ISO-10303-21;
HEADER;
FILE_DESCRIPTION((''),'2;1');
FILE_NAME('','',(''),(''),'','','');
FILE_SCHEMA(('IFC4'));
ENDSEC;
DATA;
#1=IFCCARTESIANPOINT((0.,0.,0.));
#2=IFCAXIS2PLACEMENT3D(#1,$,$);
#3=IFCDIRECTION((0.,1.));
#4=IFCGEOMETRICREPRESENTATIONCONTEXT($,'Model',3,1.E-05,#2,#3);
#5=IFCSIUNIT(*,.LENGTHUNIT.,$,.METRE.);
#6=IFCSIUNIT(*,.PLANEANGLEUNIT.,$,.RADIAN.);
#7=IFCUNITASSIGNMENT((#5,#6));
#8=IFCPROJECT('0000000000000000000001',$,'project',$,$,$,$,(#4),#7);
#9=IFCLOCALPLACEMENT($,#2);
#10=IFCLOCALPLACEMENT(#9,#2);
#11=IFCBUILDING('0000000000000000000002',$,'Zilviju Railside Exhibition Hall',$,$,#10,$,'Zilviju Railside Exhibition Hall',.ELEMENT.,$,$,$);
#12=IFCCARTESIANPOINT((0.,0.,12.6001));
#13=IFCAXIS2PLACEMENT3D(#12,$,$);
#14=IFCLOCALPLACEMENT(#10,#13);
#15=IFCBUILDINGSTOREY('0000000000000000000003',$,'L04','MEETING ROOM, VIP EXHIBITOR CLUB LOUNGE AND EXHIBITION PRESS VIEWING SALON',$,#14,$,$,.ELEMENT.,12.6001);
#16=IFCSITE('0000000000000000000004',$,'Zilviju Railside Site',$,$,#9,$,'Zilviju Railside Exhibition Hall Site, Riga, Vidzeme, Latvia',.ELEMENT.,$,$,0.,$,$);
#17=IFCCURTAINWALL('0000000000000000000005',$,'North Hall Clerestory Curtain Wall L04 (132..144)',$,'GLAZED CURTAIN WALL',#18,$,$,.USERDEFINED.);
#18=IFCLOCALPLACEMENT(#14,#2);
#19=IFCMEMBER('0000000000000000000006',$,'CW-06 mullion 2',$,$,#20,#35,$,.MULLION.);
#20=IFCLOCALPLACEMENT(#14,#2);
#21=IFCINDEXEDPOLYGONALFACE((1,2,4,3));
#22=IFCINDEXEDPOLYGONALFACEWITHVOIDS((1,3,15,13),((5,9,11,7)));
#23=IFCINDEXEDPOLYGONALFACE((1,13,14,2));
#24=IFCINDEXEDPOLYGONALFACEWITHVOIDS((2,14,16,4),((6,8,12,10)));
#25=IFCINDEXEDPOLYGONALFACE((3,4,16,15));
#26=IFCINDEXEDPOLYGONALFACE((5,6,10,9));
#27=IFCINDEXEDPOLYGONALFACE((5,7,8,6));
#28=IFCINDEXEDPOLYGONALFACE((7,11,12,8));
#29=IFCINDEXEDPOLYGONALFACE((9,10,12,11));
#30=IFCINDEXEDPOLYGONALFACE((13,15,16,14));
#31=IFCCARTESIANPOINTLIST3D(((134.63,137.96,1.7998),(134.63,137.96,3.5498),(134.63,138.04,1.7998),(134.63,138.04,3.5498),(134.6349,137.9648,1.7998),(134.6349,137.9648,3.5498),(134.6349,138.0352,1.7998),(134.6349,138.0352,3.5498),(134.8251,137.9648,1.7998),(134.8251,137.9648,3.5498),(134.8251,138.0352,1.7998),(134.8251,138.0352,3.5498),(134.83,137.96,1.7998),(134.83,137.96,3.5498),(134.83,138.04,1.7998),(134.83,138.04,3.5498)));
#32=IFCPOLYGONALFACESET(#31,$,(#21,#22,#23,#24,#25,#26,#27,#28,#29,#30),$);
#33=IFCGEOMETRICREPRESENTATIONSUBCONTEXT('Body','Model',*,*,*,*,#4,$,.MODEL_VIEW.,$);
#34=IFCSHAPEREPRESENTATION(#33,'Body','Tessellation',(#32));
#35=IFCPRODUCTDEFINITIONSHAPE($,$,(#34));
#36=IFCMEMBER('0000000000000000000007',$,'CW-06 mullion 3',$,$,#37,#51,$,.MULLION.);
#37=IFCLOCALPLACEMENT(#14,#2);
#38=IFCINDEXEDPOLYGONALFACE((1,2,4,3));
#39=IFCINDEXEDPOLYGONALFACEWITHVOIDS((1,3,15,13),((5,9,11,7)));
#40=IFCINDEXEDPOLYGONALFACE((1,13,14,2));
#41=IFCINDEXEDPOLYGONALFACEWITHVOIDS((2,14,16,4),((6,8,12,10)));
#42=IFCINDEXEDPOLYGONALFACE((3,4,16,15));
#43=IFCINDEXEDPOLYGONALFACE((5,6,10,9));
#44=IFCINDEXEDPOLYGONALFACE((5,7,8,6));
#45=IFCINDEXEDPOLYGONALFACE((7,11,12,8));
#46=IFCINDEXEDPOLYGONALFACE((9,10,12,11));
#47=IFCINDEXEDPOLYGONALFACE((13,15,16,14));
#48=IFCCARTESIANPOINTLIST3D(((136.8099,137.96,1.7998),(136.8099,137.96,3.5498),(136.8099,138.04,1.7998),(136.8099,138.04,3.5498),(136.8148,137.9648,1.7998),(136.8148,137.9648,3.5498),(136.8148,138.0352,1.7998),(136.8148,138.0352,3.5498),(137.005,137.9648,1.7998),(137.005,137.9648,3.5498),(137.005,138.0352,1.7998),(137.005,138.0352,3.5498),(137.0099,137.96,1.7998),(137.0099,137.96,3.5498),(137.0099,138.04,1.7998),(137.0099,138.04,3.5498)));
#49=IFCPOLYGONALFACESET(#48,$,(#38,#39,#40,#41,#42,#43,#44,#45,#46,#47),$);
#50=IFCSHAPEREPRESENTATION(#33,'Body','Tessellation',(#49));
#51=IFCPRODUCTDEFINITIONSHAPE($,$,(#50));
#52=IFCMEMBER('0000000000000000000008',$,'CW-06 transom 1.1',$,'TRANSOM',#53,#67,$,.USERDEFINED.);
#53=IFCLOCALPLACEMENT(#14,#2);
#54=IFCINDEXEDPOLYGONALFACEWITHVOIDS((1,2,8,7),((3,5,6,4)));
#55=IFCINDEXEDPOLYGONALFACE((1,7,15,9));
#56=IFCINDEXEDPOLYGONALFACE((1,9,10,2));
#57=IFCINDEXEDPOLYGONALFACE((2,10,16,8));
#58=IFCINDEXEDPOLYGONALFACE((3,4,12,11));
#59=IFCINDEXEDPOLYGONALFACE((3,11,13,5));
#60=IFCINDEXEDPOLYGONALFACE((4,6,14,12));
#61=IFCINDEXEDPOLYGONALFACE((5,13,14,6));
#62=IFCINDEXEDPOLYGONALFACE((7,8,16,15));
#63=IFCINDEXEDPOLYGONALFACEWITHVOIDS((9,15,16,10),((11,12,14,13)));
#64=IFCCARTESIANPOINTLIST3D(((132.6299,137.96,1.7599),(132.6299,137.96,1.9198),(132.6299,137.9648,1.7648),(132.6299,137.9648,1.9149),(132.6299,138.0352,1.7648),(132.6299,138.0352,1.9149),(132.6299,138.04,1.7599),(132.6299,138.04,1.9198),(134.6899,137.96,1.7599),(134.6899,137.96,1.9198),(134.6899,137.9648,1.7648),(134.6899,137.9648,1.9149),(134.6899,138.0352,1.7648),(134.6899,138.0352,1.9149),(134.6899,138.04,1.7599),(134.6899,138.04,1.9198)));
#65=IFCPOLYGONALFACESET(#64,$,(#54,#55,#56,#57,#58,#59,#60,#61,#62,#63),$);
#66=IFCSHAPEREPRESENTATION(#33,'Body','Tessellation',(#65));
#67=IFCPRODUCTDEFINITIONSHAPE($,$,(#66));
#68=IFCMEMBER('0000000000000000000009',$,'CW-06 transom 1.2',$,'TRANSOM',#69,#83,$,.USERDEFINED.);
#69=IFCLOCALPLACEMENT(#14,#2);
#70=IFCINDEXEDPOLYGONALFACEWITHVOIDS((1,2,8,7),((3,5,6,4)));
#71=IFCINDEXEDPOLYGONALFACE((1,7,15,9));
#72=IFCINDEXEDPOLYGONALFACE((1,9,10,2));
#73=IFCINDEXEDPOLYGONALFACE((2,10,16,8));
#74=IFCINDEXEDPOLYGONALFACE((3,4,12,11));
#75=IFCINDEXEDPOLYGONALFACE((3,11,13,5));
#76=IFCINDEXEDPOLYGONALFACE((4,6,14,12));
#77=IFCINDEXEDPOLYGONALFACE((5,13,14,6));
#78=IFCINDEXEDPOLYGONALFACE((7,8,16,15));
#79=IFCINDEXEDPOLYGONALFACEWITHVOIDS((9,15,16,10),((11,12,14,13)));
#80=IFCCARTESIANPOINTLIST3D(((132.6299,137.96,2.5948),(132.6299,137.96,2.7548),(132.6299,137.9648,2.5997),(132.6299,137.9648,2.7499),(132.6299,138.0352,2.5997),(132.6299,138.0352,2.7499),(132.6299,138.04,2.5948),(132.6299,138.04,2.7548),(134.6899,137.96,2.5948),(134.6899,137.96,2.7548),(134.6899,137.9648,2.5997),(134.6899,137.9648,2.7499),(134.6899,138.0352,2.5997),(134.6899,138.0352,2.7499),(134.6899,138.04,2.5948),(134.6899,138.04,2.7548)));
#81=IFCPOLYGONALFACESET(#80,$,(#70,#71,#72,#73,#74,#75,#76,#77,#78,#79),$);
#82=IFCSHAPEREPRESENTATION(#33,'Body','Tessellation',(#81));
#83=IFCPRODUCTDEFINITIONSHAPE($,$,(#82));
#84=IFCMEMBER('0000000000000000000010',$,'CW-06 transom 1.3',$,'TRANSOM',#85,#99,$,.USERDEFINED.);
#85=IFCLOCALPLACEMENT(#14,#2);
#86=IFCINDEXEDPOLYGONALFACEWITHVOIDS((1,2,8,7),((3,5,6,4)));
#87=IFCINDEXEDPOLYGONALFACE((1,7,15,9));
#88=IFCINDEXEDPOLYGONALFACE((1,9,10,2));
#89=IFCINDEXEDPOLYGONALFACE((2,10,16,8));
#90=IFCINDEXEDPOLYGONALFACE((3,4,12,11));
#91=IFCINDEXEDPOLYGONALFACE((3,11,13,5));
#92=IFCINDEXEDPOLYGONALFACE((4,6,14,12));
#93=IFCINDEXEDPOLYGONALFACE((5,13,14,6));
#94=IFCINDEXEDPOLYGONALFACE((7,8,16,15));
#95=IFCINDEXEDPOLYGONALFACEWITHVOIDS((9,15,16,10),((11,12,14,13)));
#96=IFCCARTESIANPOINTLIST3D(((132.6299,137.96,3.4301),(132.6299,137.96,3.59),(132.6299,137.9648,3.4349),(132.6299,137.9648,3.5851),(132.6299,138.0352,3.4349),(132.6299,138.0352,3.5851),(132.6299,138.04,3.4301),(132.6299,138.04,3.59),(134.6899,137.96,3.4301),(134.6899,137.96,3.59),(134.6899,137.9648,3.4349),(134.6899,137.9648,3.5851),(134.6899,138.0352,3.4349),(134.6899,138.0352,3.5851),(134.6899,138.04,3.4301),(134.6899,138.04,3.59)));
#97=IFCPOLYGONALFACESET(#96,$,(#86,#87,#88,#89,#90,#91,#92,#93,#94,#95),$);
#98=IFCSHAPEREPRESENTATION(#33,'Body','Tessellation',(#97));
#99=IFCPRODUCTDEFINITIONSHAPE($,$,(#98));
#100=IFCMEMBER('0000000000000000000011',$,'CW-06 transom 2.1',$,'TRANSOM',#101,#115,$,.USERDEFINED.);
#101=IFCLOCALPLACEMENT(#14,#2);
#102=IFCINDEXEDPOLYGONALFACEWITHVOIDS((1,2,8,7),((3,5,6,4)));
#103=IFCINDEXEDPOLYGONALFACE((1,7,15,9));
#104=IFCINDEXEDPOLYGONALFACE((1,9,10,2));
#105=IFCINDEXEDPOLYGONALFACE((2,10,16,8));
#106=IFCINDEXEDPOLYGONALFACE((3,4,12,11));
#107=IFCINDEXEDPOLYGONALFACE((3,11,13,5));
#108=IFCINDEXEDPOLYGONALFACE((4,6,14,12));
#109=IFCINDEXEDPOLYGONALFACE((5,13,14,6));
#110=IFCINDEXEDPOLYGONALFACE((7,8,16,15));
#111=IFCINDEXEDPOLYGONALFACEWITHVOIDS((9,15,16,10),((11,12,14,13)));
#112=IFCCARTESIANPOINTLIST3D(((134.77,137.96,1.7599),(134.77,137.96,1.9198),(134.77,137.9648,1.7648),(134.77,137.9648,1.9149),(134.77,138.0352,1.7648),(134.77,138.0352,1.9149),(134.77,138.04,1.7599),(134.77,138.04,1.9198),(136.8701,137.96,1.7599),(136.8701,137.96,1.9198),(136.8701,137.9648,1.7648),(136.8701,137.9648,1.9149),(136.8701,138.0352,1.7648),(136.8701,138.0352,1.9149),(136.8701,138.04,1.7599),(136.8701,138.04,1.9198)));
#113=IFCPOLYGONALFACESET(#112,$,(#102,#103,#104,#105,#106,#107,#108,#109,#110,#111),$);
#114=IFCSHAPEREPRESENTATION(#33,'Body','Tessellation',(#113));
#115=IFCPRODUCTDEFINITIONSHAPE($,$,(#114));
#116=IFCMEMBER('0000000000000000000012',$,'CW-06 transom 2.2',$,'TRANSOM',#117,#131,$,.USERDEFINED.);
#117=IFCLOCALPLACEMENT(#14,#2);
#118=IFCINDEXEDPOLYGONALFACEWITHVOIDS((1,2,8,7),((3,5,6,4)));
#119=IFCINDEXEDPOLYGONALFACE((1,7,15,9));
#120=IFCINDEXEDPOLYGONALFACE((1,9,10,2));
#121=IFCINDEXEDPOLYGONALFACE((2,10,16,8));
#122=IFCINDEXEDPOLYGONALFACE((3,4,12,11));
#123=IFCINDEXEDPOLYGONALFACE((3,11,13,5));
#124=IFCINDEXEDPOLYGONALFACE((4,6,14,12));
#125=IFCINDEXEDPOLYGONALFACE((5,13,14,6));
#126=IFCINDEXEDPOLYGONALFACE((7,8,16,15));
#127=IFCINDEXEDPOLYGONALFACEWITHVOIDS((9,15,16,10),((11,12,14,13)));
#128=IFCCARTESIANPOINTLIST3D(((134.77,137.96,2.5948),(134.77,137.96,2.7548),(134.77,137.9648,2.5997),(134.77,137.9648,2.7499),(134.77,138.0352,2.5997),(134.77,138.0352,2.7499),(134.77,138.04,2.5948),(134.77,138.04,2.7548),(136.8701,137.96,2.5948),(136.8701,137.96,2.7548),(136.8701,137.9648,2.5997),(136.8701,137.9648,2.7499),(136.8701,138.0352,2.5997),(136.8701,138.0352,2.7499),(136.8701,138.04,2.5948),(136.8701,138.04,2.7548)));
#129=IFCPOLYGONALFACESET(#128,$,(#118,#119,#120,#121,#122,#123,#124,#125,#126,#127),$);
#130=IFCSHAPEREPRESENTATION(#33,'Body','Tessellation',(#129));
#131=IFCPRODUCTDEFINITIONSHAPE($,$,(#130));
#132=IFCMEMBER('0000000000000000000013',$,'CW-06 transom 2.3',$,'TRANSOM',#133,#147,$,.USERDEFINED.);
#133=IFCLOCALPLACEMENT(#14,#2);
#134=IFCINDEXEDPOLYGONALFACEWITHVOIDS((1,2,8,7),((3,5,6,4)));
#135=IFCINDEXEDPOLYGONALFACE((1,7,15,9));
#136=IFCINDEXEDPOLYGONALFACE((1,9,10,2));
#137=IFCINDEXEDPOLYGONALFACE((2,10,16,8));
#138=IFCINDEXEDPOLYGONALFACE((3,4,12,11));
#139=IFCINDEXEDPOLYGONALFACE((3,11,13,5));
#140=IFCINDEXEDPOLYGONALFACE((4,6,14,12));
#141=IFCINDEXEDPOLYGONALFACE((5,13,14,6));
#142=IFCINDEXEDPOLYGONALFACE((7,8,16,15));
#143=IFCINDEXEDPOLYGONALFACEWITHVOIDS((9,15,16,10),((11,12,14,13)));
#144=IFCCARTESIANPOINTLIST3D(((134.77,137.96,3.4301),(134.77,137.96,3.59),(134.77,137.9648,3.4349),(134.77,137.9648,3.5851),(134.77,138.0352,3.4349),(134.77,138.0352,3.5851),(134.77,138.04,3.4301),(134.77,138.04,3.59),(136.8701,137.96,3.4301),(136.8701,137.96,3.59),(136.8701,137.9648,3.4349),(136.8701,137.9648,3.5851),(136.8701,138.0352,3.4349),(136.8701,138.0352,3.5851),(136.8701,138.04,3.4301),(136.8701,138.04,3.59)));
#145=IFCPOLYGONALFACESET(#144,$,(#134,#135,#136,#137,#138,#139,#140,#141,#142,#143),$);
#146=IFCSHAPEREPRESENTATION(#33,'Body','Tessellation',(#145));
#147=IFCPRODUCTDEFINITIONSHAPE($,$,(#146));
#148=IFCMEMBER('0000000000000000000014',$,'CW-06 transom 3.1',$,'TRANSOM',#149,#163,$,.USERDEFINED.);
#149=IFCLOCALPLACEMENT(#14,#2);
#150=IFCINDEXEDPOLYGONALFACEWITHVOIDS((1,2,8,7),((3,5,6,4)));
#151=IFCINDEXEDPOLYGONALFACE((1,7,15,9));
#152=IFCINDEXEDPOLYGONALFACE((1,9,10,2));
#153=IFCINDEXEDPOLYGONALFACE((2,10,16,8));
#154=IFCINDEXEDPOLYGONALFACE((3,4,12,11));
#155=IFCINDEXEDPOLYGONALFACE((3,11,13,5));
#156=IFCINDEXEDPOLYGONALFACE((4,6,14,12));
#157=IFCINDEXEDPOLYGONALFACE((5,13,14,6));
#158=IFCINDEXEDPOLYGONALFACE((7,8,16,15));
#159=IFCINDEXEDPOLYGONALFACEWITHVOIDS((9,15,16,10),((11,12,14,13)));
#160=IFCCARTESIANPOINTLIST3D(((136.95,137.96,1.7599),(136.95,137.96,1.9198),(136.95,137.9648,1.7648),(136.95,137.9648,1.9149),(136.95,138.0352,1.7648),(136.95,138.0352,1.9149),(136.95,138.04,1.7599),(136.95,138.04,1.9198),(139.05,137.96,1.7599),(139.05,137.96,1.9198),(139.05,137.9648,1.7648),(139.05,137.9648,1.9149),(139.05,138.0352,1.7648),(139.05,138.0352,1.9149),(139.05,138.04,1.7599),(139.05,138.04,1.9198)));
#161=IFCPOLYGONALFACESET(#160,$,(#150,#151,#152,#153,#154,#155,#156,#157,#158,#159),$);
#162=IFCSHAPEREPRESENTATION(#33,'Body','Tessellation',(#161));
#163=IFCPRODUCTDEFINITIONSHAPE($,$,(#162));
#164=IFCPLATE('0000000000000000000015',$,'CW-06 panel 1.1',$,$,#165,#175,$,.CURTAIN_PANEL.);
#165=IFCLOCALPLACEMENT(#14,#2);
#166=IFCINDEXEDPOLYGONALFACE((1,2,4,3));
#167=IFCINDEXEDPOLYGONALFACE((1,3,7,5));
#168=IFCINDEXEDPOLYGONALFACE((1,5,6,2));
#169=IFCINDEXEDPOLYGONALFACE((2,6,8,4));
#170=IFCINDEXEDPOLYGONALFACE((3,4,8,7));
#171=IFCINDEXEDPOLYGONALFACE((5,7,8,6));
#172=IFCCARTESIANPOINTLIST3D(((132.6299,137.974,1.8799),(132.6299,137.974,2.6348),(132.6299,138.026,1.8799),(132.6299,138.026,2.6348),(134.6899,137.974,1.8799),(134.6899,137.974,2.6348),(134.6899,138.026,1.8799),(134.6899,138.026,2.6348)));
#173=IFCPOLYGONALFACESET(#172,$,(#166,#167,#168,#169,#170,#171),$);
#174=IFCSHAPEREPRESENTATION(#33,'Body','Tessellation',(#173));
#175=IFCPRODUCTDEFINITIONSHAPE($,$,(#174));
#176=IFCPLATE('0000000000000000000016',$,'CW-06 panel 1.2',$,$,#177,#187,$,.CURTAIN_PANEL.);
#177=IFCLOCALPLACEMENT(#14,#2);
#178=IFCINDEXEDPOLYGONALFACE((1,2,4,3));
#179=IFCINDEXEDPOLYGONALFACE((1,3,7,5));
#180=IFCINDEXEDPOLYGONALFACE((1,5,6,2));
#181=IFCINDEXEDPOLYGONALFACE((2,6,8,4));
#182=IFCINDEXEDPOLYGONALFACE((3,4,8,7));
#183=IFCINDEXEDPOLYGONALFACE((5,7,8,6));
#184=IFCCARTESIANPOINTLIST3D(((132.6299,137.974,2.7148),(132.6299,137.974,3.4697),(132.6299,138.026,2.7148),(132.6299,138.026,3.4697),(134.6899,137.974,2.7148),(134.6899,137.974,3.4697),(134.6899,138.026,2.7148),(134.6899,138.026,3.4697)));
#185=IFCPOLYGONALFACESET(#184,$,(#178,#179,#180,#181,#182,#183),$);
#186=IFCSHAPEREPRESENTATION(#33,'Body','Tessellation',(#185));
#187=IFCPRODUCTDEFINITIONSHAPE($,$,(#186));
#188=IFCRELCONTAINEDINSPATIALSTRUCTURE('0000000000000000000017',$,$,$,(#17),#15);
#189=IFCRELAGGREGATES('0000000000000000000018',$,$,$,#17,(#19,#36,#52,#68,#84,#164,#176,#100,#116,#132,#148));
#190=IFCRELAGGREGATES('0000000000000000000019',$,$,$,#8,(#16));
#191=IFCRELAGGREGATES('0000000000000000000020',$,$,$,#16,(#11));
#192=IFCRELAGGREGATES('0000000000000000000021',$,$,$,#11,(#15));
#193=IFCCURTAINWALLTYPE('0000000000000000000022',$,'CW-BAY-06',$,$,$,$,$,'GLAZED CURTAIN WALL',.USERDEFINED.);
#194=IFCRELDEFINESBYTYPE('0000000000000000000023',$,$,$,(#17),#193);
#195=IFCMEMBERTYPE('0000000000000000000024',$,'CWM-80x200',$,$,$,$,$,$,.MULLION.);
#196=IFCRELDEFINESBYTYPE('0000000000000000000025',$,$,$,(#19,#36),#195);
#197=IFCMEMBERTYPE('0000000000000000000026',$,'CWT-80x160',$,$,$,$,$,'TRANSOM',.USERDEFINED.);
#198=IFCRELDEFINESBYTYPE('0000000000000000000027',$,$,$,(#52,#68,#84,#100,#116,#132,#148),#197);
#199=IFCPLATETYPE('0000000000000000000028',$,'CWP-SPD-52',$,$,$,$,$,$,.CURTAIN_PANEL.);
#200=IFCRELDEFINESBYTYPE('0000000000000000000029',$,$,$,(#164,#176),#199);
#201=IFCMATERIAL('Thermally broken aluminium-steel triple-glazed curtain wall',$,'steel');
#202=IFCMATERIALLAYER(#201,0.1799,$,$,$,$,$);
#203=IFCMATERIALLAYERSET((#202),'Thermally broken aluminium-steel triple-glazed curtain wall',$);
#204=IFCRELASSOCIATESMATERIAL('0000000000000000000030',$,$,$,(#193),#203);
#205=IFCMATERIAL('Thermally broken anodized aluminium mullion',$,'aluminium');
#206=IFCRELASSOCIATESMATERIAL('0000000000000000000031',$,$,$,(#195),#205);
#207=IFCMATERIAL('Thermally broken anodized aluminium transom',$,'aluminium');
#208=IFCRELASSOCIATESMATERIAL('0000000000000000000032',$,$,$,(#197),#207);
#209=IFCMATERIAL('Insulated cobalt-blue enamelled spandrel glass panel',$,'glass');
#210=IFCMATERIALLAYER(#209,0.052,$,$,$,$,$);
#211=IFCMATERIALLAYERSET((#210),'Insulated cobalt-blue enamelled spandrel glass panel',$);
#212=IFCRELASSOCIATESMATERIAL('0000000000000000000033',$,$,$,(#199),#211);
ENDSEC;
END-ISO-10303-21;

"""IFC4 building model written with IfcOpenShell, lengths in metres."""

from ifc_helpers import new_model, si_unit, direction, frame, origin, origin_2d, place, context, subcontext, project, spatial, rectangle, hollow_rectangle, extrude, material, layer, layer_set, material_profile, profile_set, type_object, element, aggregate, save


model = new_model("IFC4")

# Units and contexts
model_context = context("Model", 3, precision=1e-05, world=origin(), true_north=direction((0.0, 1.0)))
body_context = subcontext(model_context, "Body", "Model", "MODEL_VIEW")
ifc_project = project(units=[si_unit("LENGTHUNIT", "METRE"), si_unit("PLANEANGLEUNIT", "RADIAN")], contexts=[model_context])

# Site, building, storey
site_placement = place(None, origin())
site = spatial("IfcSite", under=ifc_project, at=site_placement, Name="Zilviju Railside Site", LongName="Zilviju Railside Exhibition Hall Site, Riga, Vidzeme, Latvia", CompositionType="ELEMENT", RefElevation=0.0)
building_placement = place(site_placement, origin())
building = spatial("IfcBuilding", under=site, at=building_placement, Name="Zilviju Railside Exhibition Hall", LongName="Zilviju Railside Exhibition Hall", CompositionType="ELEMENT")
storey_placement = place(building_placement, frame((0.0, 0.0, 12.6001)))
storey = spatial("IfcBuildingStorey", under=building, at=storey_placement, Name="L04", Description="MEETING ROOM, VIP EXHIBITOR CLUB LOUNGE AND EXHIBITION PRESS VIEWING SALON", CompositionType="ELEMENT", Elevation=12.6001)

# Curtain wall, members, plates
ifc_material_1 = material(Name="Thermally broken aluminium-steel triple-glazed curtain wall", Category="steel")
ifc_layer_1 = layer(ifc_material_1, 0.1799)
ifc_layer_set_1 = layer_set([ifc_layer_1], Name="Thermally broken aluminium-steel triple-glazed curtain wall")
curtain_wall_type = type_object("IfcCurtainWallType", Name="CW-BAY-06", ElementType="GLAZED CURTAIN WALL", PredefinedType="USERDEFINED", material=ifc_layer_set_1)
curtain_wall_placement = place(storey_placement, origin())
curtain_wall = element("IfcCurtainWall", 1, at=curtain_wall_placement, inside=storey, type_object=curtain_wall_type, Name="North Hall Clerestory Curtain Wall L04 (132..144)", ObjectType="GLAZED CURTAIN WALL", PredefinedType="USERDEFINED")
ifc_material_2 = material(Name="Thermally broken anodized aluminium mullion", Category="aluminium")
ifc_material_profile_1 = material_profile(ifc_material_2, hollow_rectangle(XDim=0.0801, YDim=0.2, WallThickness=0.0049, at=origin_2d()), Name="MULLION 200x80x5")
ifc_profile_set_1 = profile_set([ifc_material_profile_1], Name="Thermally broken anodized aluminium mullion")
member_type_1 = type_object("IfcMemberType", Name="CWM-80x200", PredefinedType="MULLION", material=ifc_profile_set_1)
member_1_placement = place(storey_placement, frame((134.73, 138.0, 1.7998), z_axis=(0.0, 0.0, 1.0), x_axis=(0.0, 1.0, 0.0)))
member_1 = element("IfcMember", 2, at=member_1_placement, type_object=member_type_1, Name="CW-06 mullion 2", PredefinedType="MULLION", context=body_context, shape_type="SweptSolid", body=[
    extrude(hollow_rectangle(XDim=0.0801, YDim=0.2, WallThickness=0.0049, at=origin_2d()), origin(), (0.0, 0.0, 1.0), 1.75),
])
member_2_placement = place(storey_placement, frame((136.9099, 138.0, 1.7998), z_axis=(0.0, 0.0, 1.0), x_axis=(0.0, 1.0, 0.0)))
member_2 = element("IfcMember", 3, at=member_2_placement, type_object=member_type_1, Name="CW-06 mullion 3", PredefinedType="MULLION", context=body_context, shape_type="SweptSolid", body=[
    extrude(hollow_rectangle(XDim=0.0801, YDim=0.2, WallThickness=0.0049, at=origin_2d()), origin(), (0.0, 0.0, 1.0), 1.75),
])
ifc_material_3 = material(Name="Thermally broken anodized aluminium transom", Category="aluminium")
ifc_material_profile_2 = material_profile(ifc_material_3, hollow_rectangle(XDim=0.0801, YDim=0.1599, WallThickness=0.0049, at=origin_2d()), Name="TRANSOM 160x80x5")
ifc_profile_set_2 = profile_set([ifc_material_profile_2], Name="Thermally broken anodized aluminium transom")
member_type_2 = type_object("IfcMemberType", Name="CWT-80x160", ElementType="TRANSOM", PredefinedType="USERDEFINED", material=ifc_profile_set_2)
member_3_placement = place(storey_placement, frame((132.6299, 138.0, 1.8398), z_axis=(1.0, 0.0, 0.0), x_axis=(0.0, 1.0, 0.0)))
member_3 = element("IfcMember", 4, at=member_3_placement, type_object=member_type_2, Name="CW-06 transom 1.1", ObjectType="TRANSOM", PredefinedType="USERDEFINED", context=body_context, shape_type="SweptSolid", body=[
    extrude(hollow_rectangle(XDim=0.0801, YDim=0.1599, WallThickness=0.0049, at=origin_2d()), origin(), (0.0, 0.0, 1.0), 2.0601),
])
member_4_placement = place(storey_placement, frame((132.6299, 138.0, 2.6748), z_axis=(1.0, 0.0, 0.0), x_axis=(0.0, 1.0, 0.0)))
member_4 = element("IfcMember", 5, at=member_4_placement, type_object=member_type_2, Name="CW-06 transom 1.2", ObjectType="TRANSOM", PredefinedType="USERDEFINED", context=body_context, shape_type="SweptSolid", body=[
    extrude(hollow_rectangle(XDim=0.0801, YDim=0.1599, WallThickness=0.0049, at=origin_2d()), origin(), (0.0, 0.0, 1.0), 2.0601),
])
member_5_placement = place(storey_placement, frame((132.6299, 138.0, 3.51), z_axis=(1.0, 0.0, 0.0), x_axis=(0.0, 1.0, 0.0)))
member_5 = element("IfcMember", 6, at=member_5_placement, type_object=member_type_2, Name="CW-06 transom 1.3", ObjectType="TRANSOM", PredefinedType="USERDEFINED", context=body_context, shape_type="SweptSolid", body=[
    extrude(hollow_rectangle(XDim=0.0801, YDim=0.1599, WallThickness=0.0049, at=origin_2d()), origin(), (0.0, 0.0, 1.0), 2.0601),
])
member_6_placement = place(storey_placement, frame((134.77, 138.0, 1.8398), z_axis=(1.0, 0.0, 0.0), x_axis=(0.0, 1.0, 0.0)))
member_6 = element("IfcMember", 7, at=member_6_placement, type_object=member_type_2, Name="CW-06 transom 2.1", ObjectType="TRANSOM", PredefinedType="USERDEFINED", context=body_context, shape_type="SweptSolid", body=[
    extrude(hollow_rectangle(XDim=0.0801, YDim=0.1599, WallThickness=0.0049, at=origin_2d()), origin(), (0.0, 0.0, 1.0), 2.1001),
])
member_7_placement = place(storey_placement, frame((134.77, 138.0, 2.6748), z_axis=(1.0, 0.0, 0.0), x_axis=(0.0, 1.0, 0.0)))
member_7 = element("IfcMember", 8, at=member_7_placement, type_object=member_type_2, Name="CW-06 transom 2.2", ObjectType="TRANSOM", PredefinedType="USERDEFINED", context=body_context, shape_type="SweptSolid", body=[
    extrude(hollow_rectangle(XDim=0.0801, YDim=0.1599, WallThickness=0.0049, at=origin_2d()), origin(), (0.0, 0.0, 1.0), 2.1001),
])
member_8_placement = place(storey_placement, frame((134.77, 138.0, 3.51), z_axis=(1.0, 0.0, 0.0), x_axis=(0.0, 1.0, 0.0)))
member_8 = element("IfcMember", 9, at=member_8_placement, type_object=member_type_2, Name="CW-06 transom 2.3", ObjectType="TRANSOM", PredefinedType="USERDEFINED", context=body_context, shape_type="SweptSolid", body=[
    extrude(hollow_rectangle(XDim=0.0801, YDim=0.1599, WallThickness=0.0049, at=origin_2d()), origin(), (0.0, 0.0, 1.0), 2.1001),
])
member_9_placement = place(storey_placement, frame((136.95, 138.0, 1.8398), z_axis=(1.0, 0.0, 0.0), x_axis=(0.0, 1.0, 0.0)))
member_9 = element("IfcMember", 10, at=member_9_placement, type_object=member_type_2, Name="CW-06 transom 3.1", ObjectType="TRANSOM", PredefinedType="USERDEFINED", context=body_context, shape_type="SweptSolid", body=[
    extrude(hollow_rectangle(XDim=0.0801, YDim=0.1599, WallThickness=0.0049, at=origin_2d()), origin(), (0.0, 0.0, 1.0), 2.1001),
])
ifc_material_4 = material(Name="Insulated cobalt-blue enamelled spandrel glass panel", Category="glass")
ifc_layer_2 = layer(ifc_material_4, 0.052)
ifc_layer_set_2 = layer_set([ifc_layer_2], Name="Insulated cobalt-blue enamelled spandrel glass panel")
plate_type = type_object("IfcPlateType", Name="CWP-SPD-52", PredefinedType="CURTAIN_PANEL", material=ifc_layer_set_2)
plate_1_placement = place(storey_placement, frame((133.6599, 138.0, 1.8799), z_axis=(0.0, 0.0, 1.0), x_axis=(1.0, 0.0, 0.0)))
plate_1 = element("IfcPlate", 11, at=plate_1_placement, type_object=plate_type, Name="CW-06 panel 1.1", PredefinedType="CURTAIN_PANEL", context=body_context, shape_type="SweptSolid", body=[
    extrude(rectangle(XDim=2.0601, YDim=0.052, at=origin_2d()), origin(), (0.0, 0.0, 1.0), 0.7549),
])
plate_2_placement = place(storey_placement, frame((133.6599, 138.0, 2.7148), z_axis=(0.0, 0.0, 1.0), x_axis=(1.0, 0.0, 0.0)))
plate_2 = element("IfcPlate", 12, at=plate_2_placement, type_object=plate_type, Name="CW-06 panel 1.2", PredefinedType="CURTAIN_PANEL", context=body_context, shape_type="SweptSolid", body=[
    extrude(rectangle(XDim=2.0601, YDim=0.052, at=origin_2d()), origin(), (0.0, 0.0, 1.0), 0.7549),
])
aggregate(curtain_wall, [member_1, member_2, member_3, member_4, member_5, plate_1, plate_2, member_6, member_7, member_8, member_9])

save(model, "model.ifc")
